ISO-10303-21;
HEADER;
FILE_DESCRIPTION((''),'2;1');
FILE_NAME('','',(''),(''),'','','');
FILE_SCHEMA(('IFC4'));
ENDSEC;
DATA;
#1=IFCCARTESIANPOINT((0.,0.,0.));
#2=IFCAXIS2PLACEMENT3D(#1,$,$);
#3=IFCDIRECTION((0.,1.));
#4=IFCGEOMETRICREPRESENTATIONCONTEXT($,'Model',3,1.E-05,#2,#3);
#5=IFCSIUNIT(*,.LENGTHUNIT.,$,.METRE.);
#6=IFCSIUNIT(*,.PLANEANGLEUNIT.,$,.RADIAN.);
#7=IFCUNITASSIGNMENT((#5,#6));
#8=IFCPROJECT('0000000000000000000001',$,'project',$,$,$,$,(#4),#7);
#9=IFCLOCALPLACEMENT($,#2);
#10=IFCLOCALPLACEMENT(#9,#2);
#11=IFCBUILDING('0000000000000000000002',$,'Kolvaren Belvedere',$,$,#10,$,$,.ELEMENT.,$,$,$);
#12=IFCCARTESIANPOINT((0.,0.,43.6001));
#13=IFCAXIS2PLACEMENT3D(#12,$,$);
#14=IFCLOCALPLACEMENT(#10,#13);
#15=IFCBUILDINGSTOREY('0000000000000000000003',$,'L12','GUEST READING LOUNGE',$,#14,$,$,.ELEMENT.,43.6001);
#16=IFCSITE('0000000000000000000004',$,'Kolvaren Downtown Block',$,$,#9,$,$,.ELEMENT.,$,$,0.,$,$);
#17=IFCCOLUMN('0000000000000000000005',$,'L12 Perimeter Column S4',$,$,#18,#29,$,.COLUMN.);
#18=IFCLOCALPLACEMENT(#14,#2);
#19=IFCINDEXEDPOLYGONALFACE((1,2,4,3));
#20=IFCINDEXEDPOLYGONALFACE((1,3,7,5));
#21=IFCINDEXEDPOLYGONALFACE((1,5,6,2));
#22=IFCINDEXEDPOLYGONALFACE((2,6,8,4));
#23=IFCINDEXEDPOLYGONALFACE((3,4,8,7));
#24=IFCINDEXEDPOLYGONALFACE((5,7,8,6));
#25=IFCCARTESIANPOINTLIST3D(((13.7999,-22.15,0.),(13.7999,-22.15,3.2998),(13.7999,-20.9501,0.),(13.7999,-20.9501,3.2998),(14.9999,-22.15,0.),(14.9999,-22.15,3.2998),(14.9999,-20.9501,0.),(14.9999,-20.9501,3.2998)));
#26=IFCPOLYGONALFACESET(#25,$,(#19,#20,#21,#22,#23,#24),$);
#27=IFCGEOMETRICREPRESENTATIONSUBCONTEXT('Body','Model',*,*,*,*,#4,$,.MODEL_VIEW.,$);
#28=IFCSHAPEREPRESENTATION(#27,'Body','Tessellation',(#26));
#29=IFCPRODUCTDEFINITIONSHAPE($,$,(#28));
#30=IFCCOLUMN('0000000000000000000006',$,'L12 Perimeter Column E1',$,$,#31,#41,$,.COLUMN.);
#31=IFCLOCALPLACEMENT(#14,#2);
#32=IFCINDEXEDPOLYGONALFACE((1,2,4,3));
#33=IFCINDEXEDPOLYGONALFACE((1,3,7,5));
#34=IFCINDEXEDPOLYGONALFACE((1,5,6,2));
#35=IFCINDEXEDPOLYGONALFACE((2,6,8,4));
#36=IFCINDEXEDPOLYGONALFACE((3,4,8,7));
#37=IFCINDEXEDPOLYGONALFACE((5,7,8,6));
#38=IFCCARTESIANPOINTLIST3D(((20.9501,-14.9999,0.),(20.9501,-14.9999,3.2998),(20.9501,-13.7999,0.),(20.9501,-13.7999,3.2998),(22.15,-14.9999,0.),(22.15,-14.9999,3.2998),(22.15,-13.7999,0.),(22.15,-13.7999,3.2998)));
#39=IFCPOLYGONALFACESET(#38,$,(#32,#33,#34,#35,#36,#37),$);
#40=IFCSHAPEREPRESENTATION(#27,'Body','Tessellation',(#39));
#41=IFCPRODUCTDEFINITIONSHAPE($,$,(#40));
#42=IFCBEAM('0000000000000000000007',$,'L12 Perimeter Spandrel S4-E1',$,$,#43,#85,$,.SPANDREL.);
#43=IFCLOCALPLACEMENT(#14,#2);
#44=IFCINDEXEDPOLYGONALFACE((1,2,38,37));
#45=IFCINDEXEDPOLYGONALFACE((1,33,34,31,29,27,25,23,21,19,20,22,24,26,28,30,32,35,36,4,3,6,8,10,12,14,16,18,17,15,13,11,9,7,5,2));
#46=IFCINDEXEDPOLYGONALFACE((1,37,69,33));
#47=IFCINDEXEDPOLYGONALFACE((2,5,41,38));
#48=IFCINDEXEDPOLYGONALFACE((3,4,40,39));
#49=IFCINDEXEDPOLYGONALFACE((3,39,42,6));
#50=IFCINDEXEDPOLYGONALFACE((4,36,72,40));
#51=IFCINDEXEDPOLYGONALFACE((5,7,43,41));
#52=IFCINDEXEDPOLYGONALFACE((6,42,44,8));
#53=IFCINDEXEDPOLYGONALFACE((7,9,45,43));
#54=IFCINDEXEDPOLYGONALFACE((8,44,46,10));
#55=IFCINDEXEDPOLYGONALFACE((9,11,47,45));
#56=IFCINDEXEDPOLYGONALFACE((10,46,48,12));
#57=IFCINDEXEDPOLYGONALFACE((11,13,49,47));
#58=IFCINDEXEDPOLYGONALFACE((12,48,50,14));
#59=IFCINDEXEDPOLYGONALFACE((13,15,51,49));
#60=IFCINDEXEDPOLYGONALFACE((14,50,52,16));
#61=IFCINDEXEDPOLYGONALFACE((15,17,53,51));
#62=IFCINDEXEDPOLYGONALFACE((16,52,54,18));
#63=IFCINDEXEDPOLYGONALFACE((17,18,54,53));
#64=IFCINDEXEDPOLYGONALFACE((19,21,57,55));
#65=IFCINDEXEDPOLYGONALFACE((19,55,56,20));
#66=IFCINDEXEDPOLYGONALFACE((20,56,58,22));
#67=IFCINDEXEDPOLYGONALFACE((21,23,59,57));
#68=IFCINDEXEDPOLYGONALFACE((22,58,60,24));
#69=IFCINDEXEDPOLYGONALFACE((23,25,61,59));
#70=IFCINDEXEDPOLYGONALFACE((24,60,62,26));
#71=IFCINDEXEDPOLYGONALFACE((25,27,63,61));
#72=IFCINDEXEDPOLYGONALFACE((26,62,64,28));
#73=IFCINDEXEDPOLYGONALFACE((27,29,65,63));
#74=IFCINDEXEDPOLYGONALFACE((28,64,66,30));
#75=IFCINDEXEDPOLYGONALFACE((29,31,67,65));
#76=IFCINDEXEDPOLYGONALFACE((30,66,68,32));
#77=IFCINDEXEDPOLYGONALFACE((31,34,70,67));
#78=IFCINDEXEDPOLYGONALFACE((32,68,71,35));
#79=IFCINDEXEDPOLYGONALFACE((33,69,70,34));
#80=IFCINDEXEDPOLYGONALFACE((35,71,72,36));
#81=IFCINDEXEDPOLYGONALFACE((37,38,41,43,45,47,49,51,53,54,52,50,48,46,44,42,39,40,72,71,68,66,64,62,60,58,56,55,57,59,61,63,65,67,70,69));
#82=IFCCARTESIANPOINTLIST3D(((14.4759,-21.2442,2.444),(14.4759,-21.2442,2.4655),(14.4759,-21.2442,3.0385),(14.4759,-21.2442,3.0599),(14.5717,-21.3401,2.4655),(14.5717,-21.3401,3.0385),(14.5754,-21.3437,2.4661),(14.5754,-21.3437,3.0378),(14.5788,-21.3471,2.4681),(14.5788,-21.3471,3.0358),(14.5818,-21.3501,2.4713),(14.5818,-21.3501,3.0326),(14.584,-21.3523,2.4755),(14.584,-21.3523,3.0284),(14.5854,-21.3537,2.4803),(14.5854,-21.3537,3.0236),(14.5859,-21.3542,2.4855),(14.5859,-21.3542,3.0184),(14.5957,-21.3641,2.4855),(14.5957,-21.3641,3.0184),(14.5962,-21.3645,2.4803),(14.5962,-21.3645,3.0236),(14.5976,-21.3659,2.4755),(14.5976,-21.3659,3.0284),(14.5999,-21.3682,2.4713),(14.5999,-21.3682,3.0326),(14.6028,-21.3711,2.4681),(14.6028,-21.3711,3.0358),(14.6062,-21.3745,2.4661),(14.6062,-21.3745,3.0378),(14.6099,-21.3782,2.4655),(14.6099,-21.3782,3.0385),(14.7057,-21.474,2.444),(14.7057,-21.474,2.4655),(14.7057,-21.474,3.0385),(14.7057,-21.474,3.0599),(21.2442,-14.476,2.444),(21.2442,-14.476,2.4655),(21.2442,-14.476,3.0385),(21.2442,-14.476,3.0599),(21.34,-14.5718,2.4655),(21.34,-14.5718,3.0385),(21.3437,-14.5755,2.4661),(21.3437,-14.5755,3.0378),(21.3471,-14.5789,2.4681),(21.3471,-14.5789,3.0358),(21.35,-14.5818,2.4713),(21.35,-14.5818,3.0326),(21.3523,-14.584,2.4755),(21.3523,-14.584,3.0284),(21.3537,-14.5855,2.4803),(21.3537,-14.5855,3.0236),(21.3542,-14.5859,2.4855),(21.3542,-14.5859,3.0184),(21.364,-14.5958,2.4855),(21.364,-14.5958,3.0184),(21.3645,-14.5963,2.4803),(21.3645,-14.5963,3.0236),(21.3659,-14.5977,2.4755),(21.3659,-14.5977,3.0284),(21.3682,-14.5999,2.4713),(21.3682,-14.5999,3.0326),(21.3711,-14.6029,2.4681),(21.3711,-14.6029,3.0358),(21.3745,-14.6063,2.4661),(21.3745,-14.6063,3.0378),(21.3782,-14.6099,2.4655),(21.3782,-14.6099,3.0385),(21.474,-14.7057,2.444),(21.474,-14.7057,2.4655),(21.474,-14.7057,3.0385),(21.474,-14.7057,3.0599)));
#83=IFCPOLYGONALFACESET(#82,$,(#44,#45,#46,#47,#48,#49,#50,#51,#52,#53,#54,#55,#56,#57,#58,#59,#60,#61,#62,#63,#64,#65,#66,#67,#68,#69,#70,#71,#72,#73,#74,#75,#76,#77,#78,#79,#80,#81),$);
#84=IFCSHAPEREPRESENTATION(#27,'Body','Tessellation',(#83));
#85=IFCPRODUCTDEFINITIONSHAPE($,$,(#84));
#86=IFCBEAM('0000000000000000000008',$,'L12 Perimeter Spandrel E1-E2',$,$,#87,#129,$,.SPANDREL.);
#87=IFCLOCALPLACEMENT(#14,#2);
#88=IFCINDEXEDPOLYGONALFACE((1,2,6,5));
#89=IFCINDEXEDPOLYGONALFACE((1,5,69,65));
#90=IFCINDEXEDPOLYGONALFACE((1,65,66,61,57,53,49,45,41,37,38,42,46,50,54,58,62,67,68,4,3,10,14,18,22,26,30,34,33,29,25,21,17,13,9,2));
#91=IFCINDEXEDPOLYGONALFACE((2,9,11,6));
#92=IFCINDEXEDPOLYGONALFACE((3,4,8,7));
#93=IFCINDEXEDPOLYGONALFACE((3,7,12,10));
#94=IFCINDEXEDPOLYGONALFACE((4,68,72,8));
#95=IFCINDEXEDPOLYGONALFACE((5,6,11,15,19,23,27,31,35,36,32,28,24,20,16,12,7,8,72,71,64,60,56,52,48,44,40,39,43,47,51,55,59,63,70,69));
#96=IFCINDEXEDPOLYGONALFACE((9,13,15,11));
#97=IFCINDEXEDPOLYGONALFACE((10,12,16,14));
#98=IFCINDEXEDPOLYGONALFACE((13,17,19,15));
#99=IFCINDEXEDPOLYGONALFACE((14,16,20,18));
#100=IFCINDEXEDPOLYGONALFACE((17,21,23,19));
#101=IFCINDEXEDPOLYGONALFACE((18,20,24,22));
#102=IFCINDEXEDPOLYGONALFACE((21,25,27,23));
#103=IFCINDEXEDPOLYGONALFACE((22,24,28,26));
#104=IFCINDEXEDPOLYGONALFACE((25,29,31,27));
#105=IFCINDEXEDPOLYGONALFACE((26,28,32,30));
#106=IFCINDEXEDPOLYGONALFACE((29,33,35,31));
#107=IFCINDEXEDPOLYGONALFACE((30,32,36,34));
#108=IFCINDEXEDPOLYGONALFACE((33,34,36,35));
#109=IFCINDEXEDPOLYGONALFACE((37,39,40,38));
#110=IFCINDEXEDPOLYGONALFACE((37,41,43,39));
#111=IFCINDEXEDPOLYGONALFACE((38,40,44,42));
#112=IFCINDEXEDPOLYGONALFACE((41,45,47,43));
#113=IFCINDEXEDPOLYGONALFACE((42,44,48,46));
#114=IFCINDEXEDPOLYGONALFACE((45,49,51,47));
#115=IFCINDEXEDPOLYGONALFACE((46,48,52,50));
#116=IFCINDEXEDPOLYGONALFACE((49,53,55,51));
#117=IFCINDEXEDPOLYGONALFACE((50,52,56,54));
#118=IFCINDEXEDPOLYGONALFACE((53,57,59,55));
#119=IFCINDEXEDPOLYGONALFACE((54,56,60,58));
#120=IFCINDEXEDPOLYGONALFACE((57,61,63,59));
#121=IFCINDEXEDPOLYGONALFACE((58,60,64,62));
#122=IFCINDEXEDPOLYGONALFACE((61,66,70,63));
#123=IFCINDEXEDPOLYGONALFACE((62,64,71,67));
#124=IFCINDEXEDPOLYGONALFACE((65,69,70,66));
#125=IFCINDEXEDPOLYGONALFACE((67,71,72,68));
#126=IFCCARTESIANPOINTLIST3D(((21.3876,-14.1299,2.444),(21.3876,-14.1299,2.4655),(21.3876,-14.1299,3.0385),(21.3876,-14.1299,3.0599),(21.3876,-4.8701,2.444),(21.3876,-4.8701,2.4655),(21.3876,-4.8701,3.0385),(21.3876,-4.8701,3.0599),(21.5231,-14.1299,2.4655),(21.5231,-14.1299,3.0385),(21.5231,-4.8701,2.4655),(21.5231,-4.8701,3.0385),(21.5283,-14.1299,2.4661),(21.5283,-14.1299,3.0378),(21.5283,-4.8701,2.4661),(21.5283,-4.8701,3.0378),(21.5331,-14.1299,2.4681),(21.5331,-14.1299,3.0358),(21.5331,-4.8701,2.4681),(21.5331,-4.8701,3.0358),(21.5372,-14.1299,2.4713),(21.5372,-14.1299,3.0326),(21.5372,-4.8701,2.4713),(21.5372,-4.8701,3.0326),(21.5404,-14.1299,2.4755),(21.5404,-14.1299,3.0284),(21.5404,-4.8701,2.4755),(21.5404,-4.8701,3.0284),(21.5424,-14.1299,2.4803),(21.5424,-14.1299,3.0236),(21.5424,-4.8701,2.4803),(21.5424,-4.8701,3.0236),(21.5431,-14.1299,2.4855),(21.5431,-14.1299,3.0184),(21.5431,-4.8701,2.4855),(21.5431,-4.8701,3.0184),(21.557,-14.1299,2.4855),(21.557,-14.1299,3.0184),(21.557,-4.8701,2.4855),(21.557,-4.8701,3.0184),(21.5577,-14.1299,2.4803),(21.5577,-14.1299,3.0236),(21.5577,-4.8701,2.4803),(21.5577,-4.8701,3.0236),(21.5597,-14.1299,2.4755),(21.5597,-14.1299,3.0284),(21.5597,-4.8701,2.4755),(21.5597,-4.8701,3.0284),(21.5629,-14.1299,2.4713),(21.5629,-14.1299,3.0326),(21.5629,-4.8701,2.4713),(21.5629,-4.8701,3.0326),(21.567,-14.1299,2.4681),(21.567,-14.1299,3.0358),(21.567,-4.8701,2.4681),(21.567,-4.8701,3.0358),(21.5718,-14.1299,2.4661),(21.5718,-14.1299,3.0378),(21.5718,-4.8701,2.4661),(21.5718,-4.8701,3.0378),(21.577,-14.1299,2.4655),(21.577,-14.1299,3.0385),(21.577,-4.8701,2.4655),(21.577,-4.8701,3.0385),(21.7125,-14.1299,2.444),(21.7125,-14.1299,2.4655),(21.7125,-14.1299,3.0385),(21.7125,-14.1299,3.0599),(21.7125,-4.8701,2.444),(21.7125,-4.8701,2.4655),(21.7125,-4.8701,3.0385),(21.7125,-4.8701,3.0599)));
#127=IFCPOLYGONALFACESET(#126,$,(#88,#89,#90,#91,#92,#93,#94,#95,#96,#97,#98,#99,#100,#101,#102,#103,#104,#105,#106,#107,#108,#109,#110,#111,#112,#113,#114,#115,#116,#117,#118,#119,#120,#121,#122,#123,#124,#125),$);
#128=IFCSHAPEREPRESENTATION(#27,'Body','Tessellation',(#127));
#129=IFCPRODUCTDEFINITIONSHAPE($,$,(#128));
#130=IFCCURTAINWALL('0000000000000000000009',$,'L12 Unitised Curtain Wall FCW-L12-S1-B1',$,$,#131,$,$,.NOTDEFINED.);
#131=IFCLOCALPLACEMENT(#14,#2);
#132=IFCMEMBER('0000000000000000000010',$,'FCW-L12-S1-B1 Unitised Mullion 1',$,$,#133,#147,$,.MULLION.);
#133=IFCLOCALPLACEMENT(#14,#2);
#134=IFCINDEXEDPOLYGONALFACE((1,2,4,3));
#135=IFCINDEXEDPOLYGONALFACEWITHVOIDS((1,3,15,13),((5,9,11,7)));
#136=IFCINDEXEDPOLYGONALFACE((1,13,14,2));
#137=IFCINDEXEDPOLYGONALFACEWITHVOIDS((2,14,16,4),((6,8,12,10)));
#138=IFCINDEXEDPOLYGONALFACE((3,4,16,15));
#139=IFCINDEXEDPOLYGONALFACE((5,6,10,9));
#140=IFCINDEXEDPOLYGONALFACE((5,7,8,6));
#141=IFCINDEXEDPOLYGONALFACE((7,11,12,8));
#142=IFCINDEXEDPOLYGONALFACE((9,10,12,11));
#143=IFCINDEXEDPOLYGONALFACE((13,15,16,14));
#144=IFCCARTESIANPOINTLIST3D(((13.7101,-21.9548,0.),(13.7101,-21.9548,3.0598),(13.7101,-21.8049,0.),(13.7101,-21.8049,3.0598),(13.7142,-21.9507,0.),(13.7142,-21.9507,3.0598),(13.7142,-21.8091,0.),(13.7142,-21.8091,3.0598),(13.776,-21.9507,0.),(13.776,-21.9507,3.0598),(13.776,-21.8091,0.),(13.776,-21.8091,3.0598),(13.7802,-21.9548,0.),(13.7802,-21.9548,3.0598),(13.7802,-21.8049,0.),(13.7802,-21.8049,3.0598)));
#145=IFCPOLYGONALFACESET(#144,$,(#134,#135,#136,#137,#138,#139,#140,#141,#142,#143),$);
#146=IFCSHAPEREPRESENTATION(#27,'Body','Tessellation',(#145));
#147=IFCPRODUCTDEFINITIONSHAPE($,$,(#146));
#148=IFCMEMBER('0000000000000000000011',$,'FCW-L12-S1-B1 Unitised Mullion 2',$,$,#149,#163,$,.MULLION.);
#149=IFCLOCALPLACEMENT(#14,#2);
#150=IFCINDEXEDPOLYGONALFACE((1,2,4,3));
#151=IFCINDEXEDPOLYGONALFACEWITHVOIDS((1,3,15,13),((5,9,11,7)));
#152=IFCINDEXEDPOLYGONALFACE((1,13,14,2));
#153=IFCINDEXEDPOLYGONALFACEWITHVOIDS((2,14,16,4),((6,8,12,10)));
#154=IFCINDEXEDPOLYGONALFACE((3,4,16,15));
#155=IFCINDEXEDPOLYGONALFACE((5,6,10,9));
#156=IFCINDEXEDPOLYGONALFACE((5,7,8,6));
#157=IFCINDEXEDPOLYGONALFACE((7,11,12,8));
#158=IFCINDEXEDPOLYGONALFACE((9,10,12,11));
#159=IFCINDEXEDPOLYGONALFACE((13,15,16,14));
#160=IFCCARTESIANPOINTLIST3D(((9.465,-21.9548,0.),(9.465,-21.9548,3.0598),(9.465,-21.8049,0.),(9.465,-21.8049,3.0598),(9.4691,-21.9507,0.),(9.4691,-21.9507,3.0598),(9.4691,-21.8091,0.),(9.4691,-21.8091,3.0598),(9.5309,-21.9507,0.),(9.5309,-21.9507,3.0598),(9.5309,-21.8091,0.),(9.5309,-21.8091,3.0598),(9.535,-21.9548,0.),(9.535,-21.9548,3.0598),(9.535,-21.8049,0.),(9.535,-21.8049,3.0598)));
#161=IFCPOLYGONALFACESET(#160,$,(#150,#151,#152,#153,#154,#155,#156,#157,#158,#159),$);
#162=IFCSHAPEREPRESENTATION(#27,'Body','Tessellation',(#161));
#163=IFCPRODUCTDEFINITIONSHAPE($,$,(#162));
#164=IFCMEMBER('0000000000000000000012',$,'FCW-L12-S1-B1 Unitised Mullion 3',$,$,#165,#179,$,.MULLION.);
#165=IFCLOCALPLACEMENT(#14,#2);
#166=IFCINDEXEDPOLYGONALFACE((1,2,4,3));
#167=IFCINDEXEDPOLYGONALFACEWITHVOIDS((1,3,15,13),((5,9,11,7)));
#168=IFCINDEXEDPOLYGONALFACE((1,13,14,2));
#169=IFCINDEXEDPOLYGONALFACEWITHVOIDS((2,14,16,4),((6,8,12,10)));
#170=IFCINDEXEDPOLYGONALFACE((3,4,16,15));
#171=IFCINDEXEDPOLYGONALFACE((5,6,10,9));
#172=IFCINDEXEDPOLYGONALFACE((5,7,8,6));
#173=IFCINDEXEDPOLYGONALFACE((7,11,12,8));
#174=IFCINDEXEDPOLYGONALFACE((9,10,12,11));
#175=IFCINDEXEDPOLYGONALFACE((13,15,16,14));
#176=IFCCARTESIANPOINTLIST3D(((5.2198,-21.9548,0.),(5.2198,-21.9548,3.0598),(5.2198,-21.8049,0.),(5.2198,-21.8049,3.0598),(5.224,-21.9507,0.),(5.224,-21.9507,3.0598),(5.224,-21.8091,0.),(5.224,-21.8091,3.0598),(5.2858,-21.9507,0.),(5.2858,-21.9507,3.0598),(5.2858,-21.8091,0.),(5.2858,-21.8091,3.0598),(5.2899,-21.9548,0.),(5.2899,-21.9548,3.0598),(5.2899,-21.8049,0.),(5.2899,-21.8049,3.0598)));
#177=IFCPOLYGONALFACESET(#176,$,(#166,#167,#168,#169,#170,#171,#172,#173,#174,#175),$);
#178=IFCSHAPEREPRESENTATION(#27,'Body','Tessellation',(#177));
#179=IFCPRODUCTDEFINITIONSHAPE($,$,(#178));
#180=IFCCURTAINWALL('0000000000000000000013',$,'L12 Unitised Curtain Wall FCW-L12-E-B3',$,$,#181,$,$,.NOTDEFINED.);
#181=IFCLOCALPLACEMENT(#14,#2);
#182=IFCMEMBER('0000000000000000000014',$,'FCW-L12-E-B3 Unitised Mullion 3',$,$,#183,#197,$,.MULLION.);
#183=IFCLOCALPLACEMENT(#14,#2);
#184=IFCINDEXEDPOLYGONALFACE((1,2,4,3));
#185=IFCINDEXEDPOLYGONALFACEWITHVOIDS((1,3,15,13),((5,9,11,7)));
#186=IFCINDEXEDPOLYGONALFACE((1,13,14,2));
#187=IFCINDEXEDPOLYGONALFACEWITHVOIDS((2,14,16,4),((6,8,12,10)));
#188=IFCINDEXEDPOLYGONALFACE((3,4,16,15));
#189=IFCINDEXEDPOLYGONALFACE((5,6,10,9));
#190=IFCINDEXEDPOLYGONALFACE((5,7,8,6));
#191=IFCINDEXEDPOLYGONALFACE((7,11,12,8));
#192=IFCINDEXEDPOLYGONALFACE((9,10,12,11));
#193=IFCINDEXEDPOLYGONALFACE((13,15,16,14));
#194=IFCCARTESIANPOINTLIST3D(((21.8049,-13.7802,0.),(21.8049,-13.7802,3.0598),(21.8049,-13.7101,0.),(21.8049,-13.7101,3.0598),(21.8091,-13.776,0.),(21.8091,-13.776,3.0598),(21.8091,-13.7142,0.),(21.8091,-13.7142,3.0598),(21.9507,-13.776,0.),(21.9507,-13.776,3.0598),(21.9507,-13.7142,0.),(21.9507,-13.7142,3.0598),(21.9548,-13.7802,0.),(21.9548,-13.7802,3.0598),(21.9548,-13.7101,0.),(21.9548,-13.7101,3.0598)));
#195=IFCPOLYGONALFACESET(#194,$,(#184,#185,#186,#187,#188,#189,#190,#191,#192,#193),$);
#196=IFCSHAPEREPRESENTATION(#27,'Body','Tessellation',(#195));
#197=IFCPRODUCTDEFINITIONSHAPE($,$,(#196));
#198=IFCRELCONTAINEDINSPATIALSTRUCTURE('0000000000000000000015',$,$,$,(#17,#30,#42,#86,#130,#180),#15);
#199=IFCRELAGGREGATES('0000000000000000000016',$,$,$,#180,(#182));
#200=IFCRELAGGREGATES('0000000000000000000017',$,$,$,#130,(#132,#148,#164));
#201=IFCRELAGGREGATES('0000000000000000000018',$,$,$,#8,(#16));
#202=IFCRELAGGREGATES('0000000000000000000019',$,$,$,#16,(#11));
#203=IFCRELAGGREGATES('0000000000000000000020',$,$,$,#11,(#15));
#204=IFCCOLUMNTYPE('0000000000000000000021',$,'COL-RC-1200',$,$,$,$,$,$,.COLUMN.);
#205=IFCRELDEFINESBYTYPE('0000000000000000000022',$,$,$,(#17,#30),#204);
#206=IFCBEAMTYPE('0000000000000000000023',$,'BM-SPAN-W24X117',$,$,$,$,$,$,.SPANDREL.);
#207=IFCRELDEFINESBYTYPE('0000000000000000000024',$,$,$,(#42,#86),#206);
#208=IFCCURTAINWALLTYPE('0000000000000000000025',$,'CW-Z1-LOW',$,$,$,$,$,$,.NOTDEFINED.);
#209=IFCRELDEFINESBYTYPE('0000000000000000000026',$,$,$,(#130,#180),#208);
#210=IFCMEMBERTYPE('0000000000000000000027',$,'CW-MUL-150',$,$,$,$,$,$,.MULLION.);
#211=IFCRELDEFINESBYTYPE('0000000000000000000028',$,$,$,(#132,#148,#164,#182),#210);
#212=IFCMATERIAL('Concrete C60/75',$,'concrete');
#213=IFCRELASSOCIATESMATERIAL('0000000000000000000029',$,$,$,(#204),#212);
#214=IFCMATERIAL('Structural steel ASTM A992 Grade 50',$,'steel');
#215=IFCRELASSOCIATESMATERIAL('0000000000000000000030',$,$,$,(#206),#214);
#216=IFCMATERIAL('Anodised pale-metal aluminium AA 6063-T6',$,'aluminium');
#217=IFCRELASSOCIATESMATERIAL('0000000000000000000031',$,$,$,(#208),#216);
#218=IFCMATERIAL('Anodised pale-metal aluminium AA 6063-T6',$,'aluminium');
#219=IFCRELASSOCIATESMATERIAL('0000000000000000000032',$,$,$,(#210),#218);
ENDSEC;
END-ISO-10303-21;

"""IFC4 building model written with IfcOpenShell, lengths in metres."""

from ifc_helpers import new_model, si_unit, direction, frame, origin, origin_2d, place, context, subcontext, project, spatial, rectangle, hollow_rectangle, i_section, extrude, material, material_profile, profile_set, type_object, element, aggregate, save


model = new_model("IFC4")

# Units and contexts
model_context = context("Model", 3, precision=1e-05, world=origin(), true_north=direction((0.0, 1.0)))
body_context = subcontext(model_context, "Body", "Model", "MODEL_VIEW")
ifc_project = project(units=[si_unit("LENGTHUNIT", "METRE"), si_unit("PLANEANGLEUNIT", "RADIAN")], contexts=[model_context])

# Site, building, storey
site_placement = place(None, origin())
site = spatial("IfcSite", under=ifc_project, at=site_placement, Name="Kolvaren Downtown Block", CompositionType="ELEMENT", RefElevation=0.0)
building_placement = place(site_placement, origin())
building = spatial("IfcBuilding", under=site, at=building_placement, Name="Kolvaren Belvedere", CompositionType="ELEMENT")
storey_placement = place(building_placement, frame((0.0, 0.0, 43.6001)))
storey = spatial("IfcBuildingStorey", under=building, at=storey_placement, Name="L12", Description="GUEST READING LOUNGE", CompositionType="ELEMENT", Elevation=43.6001)

# Columns
ifc_material_1 = material(Name="Concrete C60/75", Category="concrete")
ifc_material_profile_1 = material_profile(ifc_material_1, rectangle(XDim=1.2, YDim=1.2, at=origin_2d()), Name="RC 1200X1200")
ifc_profile_set_1 = profile_set([ifc_material_profile_1], Name="Concrete C60/75")
column_type = type_object("IfcColumnType", Name="COL-RC-1200", PredefinedType="COLUMN", material=ifc_profile_set_1)
for number, where, z_axis, x_axis, name in (
    (1, (14.3999, -21.55, 0.0), (0.0, 0.0, 1.0), (1.0, 0.0, 0.0), "L12 Perimeter Column S4"),
    (2, (21.55, -14.3999, 0.0), (0.0, 0.0, 1.0), (1.0, 0.0, 0.0), "L12 Perimeter Column E1"),
):
    element("IfcColumn", number, at=place(storey_placement, frame(where, z_axis=z_axis, x_axis=x_axis)), inside=storey, type_object=column_type, Name=name, PredefinedType="COLUMN", context=body_context, shape_type="SweptSolid", body=[
        extrude(rectangle(XDim=1.2, YDim=1.2, at=origin_2d()), origin(), (0.0, 0.0, 1.0), 3.2998),
    ])

# Beams
ifc_material_2 = material(Name="Structural steel ASTM A992 Grade 50", Category="steel")
ifc_material_profile_2 = material_profile(ifc_material_2, i_section(OverallWidth=0.325, OverallDepth=0.616, WebThickness=0.0139, FlangeThickness=0.0215, FilletRadius=0.02, at=origin_2d()), Name="W24X117")
ifc_profile_set_2 = profile_set([ifc_material_profile_2], Name="Structural steel ASTM A992 Grade 50")
beam_type = type_object("IfcBeamType", Name="BM-SPAN-W24X117", PredefinedType="SPANDREL", material=ifc_profile_set_2)
beam_1_placement = place(storey_placement, frame((14.5908, -21.3591, 2.752), z_axis=(0.707107, 0.707107, 0.0), x_axis=(-0.707107, 0.707107, 0.0)))
element("IfcBeam", 3, at=beam_1_placement, inside=storey, type_object=beam_type, Name="L12 Perimeter Spandrel S4-E1", PredefinedType="SPANDREL", context=body_context, shape_type="SweptSolid", body=[
    extrude(i_section(OverallWidth=0.325, OverallDepth=0.616, WebThickness=0.0139, FlangeThickness=0.0215, FilletRadius=0.02, at=origin_2d()), origin(), (0.0, 0.0, 1.0), 9.5718),
])
beam_2_placement = place(storey_placement, frame((21.55, -14.1299, 2.752), z_axis=(0.0, 1.0, 0.0), x_axis=(-1.0, 0.0, 0.0)))
element("IfcBeam", 4, at=beam_2_placement, inside=storey, type_object=beam_type, Name="L12 Perimeter Spandrel E1-E2", PredefinedType="SPANDREL", context=body_context, shape_type="SweptSolid", body=[
    extrude(i_section(OverallWidth=0.325, OverallDepth=0.616, WebThickness=0.0139, FlangeThickness=0.0215, FilletRadius=0.02, at=origin_2d()), origin(), (0.0, 0.0, 1.0), 9.2598),
])

# Curtain wall, members
ifc_material_3 = material(Name="Anodised pale-metal aluminium AA 6063-T6", Category="aluminium")
curtain_wall_type = type_object("IfcCurtainWallType", Name="CW-Z1-LOW", PredefinedType="NOTDEFINED", material=ifc_material_3)
curtain_wall_1_placement = place(storey_placement, origin())
curtain_wall_1 = element("IfcCurtainWall", 5, at=curtain_wall_1_placement, inside=storey, type_object=curtain_wall_type, Name="L12 Unitised Curtain Wall FCW-L12-S1-B1", PredefinedType="NOTDEFINED")
ifc_material_4 = material(Name="Anodised pale-metal aluminium AA 6063-T6", Category="aluminium")
ifc_material_profile_3 = material_profile(ifc_material_4, hollow_rectangle(XDim=0.0701, YDim=0.1499, WallThickness=0.0042, at=origin_2d()), Name="ALU-MUL-150X70")
ifc_profile_set_3 = profile_set([ifc_material_profile_3], Name="Anodised pale-metal aluminium AA 6063-T6")
member_type_1 = type_object("IfcMemberType", Name="CW-MUL-150", PredefinedType="MULLION", material=ifc_profile_set_3)
member_1_placement = place(storey_placement, frame((13.7451, -21.8799, 0.0), z_axis=(0.0, 0.0, 1.0), x_axis=(1.0, 0.0, 0.0)))
member_1 = element("IfcMember", 6, at=member_1_placement, type_object=member_type_1, Name="FCW-L12-S1-B1 Unitised Mullion 1", PredefinedType="MULLION", context=body_context, shape_type="SweptSolid", body=[
    extrude(hollow_rectangle(XDim=0.0701, YDim=0.1499, WallThickness=0.0042, at=origin_2d()), origin(), (0.0, 0.0, 1.0), 3.0598),
])
member_2_placement = place(storey_placement, frame((9.5, -21.8799, 0.0), z_axis=(0.0, 0.0, 1.0), x_axis=(1.0, 0.0, 0.0)))
member_2 = element("IfcMember", 7, at=member_2_placement, type_object=member_type_1, Name="FCW-L12-S1-B1 Unitised Mullion 2", PredefinedType="MULLION", context=body_context, shape_type="SweptSolid", body=[
    extrude(hollow_rectangle(XDim=0.0701, YDim=0.1499, WallThickness=0.0042, at=origin_2d()), origin(), (0.0, 0.0, 1.0), 3.0598),
])
member_3_placement = place(storey_placement, frame((5.2549, -21.8799, 0.0), z_axis=(0.0, 0.0, 1.0), x_axis=(1.0, 0.0, 0.0)))
member_3 = element("IfcMember", 8, at=member_3_placement, type_object=member_type_1, Name="FCW-L12-S1-B1 Unitised Mullion 3", PredefinedType="MULLION", context=body_context, shape_type="SweptSolid", body=[
    extrude(hollow_rectangle(XDim=0.0701, YDim=0.1499, WallThickness=0.0042, at=origin_2d()), origin(), (0.0, 0.0, 1.0), 3.0598),
])

# Curtain wall, member
curtain_wall_2_placement = place(storey_placement, origin())
curtain_wall_2 = element("IfcCurtainWall", 9, at=curtain_wall_2_placement, inside=storey, type_object=curtain_wall_type, Name="L12 Unitised Curtain Wall FCW-L12-E-B3", PredefinedType="NOTDEFINED")
member_4_placement = place(storey_placement, frame((21.8799, -13.7451, 0.0), z_axis=(0.0, 0.0, 1.0), x_axis=(0.0, 1.0, 0.0)))
member_4 = element("IfcMember", 10, at=member_4_placement, type_object=member_type_1, Name="FCW-L12-E-B3 Unitised Mullion 3", PredefinedType="MULLION", context=body_context, shape_type="SweptSolid", body=[
    extrude(hollow_rectangle(XDim=0.0701, YDim=0.1499, WallThickness=0.0042, at=origin_2d()), origin(), (0.0, 0.0, 1.0), 3.0598),
])
aggregate(curtain_wall_2, [member_4])

aggregate(curtain_wall_1, [member_1, member_2, member_3])

save(model, "model.ifc")
